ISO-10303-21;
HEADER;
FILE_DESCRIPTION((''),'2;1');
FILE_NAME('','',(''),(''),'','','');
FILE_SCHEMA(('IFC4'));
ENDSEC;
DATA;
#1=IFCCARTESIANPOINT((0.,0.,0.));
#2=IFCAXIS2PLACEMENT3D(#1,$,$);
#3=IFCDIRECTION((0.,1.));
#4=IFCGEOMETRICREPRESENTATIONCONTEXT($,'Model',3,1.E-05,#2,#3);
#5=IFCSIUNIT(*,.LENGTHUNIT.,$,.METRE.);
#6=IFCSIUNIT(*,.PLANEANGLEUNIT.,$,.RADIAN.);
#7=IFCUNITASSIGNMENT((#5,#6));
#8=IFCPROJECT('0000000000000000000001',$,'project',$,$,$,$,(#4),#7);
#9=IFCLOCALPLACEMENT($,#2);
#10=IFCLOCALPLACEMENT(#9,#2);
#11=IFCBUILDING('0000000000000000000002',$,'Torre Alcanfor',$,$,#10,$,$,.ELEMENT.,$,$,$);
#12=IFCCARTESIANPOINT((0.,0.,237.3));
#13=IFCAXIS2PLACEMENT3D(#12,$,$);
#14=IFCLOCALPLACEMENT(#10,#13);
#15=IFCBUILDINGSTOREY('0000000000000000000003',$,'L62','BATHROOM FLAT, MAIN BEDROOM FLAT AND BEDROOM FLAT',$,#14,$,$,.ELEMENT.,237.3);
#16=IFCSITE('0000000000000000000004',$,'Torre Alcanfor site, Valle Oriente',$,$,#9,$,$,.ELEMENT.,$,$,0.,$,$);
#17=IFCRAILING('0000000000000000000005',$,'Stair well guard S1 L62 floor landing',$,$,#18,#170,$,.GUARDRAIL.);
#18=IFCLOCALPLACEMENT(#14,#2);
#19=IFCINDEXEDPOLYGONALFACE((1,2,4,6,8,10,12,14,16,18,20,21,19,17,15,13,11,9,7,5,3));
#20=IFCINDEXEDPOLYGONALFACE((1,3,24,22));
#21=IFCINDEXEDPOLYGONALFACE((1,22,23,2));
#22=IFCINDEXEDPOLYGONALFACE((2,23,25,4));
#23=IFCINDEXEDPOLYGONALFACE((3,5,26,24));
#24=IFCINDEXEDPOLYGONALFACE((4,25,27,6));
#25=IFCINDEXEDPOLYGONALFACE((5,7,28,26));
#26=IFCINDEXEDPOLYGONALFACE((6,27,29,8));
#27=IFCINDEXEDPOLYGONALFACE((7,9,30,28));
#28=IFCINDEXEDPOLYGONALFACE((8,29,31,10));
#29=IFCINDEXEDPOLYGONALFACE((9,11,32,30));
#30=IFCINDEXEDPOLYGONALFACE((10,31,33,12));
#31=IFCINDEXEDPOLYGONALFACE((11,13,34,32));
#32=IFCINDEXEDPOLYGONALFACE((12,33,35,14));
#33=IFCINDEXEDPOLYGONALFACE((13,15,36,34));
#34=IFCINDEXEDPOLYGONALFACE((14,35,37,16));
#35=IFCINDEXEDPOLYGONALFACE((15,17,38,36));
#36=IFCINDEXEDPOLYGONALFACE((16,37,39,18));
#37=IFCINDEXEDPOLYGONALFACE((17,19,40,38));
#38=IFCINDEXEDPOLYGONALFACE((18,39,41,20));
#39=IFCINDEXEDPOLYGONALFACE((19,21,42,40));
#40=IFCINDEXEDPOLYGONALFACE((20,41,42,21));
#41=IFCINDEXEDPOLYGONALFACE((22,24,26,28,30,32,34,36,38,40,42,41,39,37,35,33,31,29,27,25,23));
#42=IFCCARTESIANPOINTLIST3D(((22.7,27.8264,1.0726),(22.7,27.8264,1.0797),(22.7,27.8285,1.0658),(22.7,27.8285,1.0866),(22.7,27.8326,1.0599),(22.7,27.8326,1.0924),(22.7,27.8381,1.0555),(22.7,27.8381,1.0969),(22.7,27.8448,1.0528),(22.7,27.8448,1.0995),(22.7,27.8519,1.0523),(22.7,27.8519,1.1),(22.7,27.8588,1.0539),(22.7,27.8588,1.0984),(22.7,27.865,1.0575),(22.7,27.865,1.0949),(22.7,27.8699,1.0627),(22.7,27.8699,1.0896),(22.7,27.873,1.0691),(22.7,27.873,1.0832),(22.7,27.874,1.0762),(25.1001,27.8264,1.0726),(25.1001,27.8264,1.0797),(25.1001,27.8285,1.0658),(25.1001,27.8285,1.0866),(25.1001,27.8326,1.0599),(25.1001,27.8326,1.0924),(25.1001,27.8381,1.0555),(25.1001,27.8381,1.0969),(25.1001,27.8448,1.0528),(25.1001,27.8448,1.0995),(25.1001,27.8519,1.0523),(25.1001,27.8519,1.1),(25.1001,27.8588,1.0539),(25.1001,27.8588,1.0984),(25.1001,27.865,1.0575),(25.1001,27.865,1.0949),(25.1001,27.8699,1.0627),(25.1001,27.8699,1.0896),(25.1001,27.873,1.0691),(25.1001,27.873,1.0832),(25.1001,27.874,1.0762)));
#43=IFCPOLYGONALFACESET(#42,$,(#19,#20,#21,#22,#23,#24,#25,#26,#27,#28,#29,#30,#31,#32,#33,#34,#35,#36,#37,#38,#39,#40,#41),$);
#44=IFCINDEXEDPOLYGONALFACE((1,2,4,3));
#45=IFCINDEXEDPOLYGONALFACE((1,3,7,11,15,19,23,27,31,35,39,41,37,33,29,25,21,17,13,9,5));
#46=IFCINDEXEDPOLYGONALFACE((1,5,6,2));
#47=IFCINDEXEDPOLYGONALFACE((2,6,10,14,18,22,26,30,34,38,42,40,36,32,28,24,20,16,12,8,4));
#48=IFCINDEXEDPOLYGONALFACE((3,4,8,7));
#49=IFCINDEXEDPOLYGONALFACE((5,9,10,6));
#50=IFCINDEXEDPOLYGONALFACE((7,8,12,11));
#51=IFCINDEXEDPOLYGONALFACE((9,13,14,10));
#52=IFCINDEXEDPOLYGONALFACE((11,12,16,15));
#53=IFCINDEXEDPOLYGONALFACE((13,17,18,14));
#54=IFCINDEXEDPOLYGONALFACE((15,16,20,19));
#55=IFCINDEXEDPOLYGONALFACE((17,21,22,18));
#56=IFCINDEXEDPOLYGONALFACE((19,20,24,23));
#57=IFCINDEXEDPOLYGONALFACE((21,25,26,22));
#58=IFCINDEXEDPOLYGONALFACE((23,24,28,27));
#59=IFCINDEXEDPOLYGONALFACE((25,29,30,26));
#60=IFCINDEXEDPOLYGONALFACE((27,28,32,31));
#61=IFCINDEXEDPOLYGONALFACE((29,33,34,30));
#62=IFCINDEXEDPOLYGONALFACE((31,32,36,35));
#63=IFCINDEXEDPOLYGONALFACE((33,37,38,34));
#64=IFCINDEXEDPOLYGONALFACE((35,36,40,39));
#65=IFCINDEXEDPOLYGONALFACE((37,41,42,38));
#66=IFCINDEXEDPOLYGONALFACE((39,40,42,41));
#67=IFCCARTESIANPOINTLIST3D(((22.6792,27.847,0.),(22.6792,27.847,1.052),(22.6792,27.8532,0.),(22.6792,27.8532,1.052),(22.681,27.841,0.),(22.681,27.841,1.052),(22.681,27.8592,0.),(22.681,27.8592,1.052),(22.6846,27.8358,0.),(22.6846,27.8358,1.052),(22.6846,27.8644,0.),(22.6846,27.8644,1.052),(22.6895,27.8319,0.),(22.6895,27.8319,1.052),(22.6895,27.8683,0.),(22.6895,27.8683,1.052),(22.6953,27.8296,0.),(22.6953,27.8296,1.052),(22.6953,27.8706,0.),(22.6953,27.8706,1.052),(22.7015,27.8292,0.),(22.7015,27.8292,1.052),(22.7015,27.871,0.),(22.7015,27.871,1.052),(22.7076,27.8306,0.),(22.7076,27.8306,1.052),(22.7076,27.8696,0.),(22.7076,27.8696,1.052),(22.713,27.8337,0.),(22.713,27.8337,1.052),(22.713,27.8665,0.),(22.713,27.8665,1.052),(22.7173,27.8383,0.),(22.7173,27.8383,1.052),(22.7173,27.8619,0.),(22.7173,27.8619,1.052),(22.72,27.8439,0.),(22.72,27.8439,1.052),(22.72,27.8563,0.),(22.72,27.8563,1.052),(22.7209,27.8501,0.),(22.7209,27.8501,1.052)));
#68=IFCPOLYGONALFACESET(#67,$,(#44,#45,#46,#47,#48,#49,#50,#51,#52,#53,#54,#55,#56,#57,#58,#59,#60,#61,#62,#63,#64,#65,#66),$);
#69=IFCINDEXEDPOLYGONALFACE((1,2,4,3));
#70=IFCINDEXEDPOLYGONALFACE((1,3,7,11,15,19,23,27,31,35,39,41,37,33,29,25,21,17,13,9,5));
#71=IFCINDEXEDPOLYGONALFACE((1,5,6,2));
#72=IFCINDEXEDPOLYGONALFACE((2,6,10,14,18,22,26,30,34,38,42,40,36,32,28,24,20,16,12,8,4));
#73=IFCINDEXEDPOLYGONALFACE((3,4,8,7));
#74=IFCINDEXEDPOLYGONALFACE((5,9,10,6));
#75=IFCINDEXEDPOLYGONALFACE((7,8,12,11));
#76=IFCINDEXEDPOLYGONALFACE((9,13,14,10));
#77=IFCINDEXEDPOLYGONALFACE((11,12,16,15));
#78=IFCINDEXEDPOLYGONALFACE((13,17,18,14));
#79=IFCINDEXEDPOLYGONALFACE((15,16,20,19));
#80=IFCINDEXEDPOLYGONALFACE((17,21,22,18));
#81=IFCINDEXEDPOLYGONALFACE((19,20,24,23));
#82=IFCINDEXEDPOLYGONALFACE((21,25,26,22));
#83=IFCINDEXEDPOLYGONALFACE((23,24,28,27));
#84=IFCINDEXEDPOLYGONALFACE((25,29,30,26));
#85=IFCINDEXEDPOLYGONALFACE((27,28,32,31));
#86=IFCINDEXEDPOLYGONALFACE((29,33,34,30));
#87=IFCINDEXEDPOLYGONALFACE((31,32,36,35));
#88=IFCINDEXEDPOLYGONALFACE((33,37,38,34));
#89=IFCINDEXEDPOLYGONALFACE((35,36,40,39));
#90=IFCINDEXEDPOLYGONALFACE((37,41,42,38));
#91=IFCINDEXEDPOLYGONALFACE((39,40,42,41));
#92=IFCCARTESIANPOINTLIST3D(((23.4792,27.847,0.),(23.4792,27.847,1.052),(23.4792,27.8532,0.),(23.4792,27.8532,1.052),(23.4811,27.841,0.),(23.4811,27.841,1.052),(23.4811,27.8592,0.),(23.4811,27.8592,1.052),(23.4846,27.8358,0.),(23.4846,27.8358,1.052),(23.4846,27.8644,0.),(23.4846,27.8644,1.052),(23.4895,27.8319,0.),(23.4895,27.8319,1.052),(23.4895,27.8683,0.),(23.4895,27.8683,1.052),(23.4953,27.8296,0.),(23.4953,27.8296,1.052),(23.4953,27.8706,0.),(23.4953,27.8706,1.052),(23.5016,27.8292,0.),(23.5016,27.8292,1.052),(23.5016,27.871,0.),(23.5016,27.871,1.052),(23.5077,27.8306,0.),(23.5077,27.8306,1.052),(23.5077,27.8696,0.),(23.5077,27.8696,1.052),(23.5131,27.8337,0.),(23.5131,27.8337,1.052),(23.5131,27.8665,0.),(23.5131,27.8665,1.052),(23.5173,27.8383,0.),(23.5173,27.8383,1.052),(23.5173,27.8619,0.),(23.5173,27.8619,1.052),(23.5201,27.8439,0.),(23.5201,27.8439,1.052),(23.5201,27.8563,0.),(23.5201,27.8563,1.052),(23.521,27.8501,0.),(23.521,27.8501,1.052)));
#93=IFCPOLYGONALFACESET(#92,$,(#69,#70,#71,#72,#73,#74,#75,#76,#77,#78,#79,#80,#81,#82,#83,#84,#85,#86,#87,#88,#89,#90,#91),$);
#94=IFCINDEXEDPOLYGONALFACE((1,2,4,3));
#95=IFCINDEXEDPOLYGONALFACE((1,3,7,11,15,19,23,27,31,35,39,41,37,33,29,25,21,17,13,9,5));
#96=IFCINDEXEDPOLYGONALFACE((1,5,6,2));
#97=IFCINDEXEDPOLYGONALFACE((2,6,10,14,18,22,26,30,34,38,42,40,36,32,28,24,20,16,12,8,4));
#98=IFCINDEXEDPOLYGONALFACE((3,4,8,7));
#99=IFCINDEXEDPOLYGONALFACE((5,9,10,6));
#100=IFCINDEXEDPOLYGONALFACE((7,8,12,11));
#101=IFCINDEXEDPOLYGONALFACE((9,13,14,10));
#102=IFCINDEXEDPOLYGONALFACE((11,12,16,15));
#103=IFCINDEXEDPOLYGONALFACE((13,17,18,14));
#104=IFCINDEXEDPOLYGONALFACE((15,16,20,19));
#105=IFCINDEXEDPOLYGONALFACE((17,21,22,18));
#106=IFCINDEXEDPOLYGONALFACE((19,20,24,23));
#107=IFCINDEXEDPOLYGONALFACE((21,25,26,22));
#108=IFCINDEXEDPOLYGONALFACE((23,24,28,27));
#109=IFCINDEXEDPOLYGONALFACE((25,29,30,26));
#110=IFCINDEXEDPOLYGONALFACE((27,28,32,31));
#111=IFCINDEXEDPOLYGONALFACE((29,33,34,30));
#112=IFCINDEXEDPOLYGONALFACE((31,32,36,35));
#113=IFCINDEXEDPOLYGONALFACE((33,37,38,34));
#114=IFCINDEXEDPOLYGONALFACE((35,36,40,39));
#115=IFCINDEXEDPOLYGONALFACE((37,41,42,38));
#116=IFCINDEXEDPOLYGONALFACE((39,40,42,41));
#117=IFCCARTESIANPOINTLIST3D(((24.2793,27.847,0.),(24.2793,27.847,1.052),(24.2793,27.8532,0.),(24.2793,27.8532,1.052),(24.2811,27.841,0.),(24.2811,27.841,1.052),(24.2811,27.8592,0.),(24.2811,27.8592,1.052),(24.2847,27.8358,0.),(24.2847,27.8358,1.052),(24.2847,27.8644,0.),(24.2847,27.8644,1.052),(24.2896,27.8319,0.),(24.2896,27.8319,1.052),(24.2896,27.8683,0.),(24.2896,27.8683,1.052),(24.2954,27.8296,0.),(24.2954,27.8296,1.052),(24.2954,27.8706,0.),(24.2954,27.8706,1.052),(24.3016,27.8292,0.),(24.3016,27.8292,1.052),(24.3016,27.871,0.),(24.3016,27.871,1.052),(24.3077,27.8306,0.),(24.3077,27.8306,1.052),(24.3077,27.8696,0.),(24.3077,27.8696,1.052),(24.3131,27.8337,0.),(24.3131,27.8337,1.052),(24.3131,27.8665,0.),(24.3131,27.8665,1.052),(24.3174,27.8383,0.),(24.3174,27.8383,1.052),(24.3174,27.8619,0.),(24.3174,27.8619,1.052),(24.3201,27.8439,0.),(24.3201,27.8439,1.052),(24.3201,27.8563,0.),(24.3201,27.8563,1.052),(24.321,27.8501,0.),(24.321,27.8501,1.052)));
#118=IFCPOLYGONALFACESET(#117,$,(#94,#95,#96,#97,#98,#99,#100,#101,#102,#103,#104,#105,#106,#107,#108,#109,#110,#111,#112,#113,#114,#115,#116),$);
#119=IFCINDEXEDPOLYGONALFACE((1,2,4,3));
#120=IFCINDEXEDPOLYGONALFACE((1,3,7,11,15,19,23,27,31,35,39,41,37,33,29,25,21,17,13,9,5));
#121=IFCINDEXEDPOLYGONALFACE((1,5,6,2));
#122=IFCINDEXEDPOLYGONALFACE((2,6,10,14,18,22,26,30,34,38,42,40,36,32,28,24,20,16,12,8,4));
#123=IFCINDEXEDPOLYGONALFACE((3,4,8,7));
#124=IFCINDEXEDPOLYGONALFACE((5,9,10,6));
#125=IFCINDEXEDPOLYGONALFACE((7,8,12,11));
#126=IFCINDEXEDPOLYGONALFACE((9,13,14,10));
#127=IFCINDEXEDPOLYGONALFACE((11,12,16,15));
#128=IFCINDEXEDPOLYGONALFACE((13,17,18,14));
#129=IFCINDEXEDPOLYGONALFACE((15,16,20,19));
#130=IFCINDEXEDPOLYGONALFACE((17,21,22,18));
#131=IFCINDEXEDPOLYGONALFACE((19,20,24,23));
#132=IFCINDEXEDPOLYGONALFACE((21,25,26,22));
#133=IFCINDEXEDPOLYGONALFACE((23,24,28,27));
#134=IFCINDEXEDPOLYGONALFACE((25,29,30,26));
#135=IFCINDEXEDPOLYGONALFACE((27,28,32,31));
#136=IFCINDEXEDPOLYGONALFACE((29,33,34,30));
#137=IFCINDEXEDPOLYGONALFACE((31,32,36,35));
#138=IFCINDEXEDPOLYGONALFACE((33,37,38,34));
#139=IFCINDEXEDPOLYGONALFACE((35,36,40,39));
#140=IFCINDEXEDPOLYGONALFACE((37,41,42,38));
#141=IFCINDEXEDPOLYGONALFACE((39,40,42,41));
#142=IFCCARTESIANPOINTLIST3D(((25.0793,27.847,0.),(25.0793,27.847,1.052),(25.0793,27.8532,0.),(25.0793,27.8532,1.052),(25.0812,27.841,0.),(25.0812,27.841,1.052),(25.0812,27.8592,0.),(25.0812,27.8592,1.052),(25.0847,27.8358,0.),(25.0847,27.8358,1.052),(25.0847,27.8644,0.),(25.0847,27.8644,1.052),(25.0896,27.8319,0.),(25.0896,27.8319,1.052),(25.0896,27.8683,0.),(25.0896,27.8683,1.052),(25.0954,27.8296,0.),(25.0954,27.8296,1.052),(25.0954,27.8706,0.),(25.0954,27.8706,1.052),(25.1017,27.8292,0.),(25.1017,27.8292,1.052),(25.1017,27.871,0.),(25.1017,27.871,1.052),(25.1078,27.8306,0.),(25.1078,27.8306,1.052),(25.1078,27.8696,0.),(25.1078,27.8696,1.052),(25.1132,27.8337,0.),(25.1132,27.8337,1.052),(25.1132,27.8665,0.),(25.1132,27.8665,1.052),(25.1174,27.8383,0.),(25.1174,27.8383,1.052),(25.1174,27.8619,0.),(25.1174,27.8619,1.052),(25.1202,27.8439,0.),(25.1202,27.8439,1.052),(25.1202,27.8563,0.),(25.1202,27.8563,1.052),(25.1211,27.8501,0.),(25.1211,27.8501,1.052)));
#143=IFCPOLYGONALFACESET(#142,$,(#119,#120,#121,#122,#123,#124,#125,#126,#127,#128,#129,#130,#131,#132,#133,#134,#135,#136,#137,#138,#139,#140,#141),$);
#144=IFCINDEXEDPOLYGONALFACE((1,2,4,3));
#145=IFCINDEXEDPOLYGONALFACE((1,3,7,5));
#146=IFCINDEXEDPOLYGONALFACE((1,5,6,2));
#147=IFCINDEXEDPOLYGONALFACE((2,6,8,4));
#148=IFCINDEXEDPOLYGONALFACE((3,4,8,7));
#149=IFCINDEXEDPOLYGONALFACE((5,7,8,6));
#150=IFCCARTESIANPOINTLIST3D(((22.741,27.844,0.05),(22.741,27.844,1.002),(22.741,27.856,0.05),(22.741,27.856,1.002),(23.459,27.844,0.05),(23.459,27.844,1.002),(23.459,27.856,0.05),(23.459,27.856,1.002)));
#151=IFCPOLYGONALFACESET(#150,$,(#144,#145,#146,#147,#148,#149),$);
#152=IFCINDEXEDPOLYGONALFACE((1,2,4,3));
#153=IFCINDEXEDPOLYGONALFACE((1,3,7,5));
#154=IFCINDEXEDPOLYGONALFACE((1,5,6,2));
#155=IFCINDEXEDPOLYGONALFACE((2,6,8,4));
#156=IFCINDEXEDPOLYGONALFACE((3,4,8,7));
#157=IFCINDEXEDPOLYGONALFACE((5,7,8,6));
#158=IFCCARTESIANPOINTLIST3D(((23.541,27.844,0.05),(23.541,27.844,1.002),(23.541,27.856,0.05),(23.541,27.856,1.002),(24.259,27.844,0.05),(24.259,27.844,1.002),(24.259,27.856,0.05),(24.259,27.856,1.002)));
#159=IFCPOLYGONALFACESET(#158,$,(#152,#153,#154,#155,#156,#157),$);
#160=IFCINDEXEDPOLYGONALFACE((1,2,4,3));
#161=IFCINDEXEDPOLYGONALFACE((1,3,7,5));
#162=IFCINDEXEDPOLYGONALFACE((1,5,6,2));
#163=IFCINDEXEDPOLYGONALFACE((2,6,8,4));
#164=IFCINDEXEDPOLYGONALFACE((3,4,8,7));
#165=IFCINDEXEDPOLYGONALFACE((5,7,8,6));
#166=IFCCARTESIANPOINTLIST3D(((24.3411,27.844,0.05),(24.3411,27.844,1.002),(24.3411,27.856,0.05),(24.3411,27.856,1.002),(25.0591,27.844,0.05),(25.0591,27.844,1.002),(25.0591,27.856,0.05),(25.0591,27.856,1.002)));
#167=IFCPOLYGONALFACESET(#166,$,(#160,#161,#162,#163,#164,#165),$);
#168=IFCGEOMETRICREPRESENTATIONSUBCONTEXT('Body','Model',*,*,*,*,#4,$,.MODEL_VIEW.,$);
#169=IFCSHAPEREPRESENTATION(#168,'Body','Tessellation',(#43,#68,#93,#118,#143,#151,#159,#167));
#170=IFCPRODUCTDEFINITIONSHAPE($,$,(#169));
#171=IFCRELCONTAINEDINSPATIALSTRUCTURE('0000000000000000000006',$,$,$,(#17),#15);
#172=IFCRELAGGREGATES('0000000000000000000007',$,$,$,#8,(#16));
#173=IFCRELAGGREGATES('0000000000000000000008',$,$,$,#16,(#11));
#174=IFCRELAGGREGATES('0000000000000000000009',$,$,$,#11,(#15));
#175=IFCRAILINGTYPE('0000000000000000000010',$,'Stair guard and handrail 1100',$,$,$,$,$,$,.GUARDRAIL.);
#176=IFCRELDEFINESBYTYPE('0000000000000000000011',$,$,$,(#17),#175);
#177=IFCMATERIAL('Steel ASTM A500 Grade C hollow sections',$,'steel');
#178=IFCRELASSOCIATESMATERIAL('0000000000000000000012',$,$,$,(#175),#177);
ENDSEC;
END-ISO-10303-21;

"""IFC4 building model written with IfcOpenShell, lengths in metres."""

from ifc_helpers import new_model, si_unit, direction, frame, origin, origin_2d, place, context, subcontext, project, spatial, polyline, circle, outline, extrude, material, type_object, element, save


model = new_model("IFC4")

# Units and contexts
model_context = context("Model", 3, precision=1e-05, world=origin(), true_north=direction((0.0, 1.0)))
body_context = subcontext(model_context, "Body", "Model", "MODEL_VIEW")
ifc_project = project(units=[si_unit("LENGTHUNIT", "METRE"), si_unit("PLANEANGLEUNIT", "RADIAN")], contexts=[model_context])

# Site, building, storey
site_placement = place(None, origin())
site = spatial("IfcSite", under=ifc_project, at=site_placement, Name="Torre Alcanfor site, Valle Oriente", CompositionType="ELEMENT", RefElevation=0.0)
building_placement = place(site_placement, origin())
building = spatial("IfcBuilding", under=site, at=building_placement, Name="Torre Alcanfor", CompositionType="ELEMENT")
storey_placement = place(building_placement, frame((0.0, 0.0, 237.3)))
storey = spatial("IfcBuildingStorey", under=building, at=storey_placement, Name="L62", Description="BATHROOM FLAT, MAIN BEDROOM FLAT AND BEDROOM FLAT", CompositionType="ELEMENT", Elevation=237.3)

# Railing
ifc_material_1 = material(Name="Steel ASTM A500 Grade C hollow sections", Category="steel")
railing_type = type_object("IfcRailingType", Name="Stair guard and handrail 1100", PredefinedType="GUARDRAIL", material=ifc_material_1)
railing_1_placement = place(storey_placement, frame((22.7, 27.8501, 0.0)))
element("IfcRailing", 1, at=railing_1_placement, inside=storey, type_object=railing_type, Name="Stair well guard S1 L62 floor landing", PredefinedType="GUARDRAIL", context=body_context, shape_type="SweptSolid", body=[
    extrude(circle(Radius=0.0239, at=origin_2d()), frame((0.0, 0.0, 1.0762), z_axis=(1.0, 0.0, 0.0), x_axis=(0.0, 1.0, 0.0)), (0.0, 0.0, 1.0), 2.4001),
    extrude(circle(Radius=0.021, at=origin_2d()), origin(), (0.0, 0.0, 1.0), 1.052),
    extrude(circle(Radius=0.021, at=origin_2d()), frame((0.8, 0.0, 0.0)), (0.0, 0.0, 1.0), 1.052),
    extrude(circle(Radius=0.021, at=origin_2d()), frame((1.6001, 0.0, 0.0)), (0.0, 0.0, 1.0), 1.052),
    extrude(circle(Radius=0.021, at=origin_2d()), frame((2.4001, 0.0, 0.0)), (0.0, 0.0, 1.0), 1.052),
    extrude(outline(polyline([(0.041, 0.05), (0.759, 0.05), (0.759, 1.002), (0.041, 1.002), (0.041, 0.05)])), frame((0.0, 0.0059, 0.0), z_axis=(0.0, -1.0, 0.0), x_axis=(1.0, 0.0, 0.0)), (0.0, 0.0, 1.0), 0.012),
    extrude(outline(polyline([(0.8411, 0.05), (1.5591, 0.05), (1.5591, 1.002), (0.8411, 1.002), (0.8411, 0.05)])), frame((0.0, 0.0059, 0.0), z_axis=(0.0, -1.0, 0.0), x_axis=(1.0, 0.0, 0.0)), (0.0, 0.0, 1.0), 0.012),
    extrude(outline(polyline([(1.6411, 0.05), (2.3591, 0.05), (2.3591, 1.002), (1.6411, 1.002), (1.6411, 0.05)])), frame((0.0, 0.0059, 0.0), z_axis=(0.0, -1.0, 0.0), x_axis=(1.0, 0.0, 0.0)), (0.0, 0.0, 1.0), 0.012),
])

save(model, "model.ifc")
